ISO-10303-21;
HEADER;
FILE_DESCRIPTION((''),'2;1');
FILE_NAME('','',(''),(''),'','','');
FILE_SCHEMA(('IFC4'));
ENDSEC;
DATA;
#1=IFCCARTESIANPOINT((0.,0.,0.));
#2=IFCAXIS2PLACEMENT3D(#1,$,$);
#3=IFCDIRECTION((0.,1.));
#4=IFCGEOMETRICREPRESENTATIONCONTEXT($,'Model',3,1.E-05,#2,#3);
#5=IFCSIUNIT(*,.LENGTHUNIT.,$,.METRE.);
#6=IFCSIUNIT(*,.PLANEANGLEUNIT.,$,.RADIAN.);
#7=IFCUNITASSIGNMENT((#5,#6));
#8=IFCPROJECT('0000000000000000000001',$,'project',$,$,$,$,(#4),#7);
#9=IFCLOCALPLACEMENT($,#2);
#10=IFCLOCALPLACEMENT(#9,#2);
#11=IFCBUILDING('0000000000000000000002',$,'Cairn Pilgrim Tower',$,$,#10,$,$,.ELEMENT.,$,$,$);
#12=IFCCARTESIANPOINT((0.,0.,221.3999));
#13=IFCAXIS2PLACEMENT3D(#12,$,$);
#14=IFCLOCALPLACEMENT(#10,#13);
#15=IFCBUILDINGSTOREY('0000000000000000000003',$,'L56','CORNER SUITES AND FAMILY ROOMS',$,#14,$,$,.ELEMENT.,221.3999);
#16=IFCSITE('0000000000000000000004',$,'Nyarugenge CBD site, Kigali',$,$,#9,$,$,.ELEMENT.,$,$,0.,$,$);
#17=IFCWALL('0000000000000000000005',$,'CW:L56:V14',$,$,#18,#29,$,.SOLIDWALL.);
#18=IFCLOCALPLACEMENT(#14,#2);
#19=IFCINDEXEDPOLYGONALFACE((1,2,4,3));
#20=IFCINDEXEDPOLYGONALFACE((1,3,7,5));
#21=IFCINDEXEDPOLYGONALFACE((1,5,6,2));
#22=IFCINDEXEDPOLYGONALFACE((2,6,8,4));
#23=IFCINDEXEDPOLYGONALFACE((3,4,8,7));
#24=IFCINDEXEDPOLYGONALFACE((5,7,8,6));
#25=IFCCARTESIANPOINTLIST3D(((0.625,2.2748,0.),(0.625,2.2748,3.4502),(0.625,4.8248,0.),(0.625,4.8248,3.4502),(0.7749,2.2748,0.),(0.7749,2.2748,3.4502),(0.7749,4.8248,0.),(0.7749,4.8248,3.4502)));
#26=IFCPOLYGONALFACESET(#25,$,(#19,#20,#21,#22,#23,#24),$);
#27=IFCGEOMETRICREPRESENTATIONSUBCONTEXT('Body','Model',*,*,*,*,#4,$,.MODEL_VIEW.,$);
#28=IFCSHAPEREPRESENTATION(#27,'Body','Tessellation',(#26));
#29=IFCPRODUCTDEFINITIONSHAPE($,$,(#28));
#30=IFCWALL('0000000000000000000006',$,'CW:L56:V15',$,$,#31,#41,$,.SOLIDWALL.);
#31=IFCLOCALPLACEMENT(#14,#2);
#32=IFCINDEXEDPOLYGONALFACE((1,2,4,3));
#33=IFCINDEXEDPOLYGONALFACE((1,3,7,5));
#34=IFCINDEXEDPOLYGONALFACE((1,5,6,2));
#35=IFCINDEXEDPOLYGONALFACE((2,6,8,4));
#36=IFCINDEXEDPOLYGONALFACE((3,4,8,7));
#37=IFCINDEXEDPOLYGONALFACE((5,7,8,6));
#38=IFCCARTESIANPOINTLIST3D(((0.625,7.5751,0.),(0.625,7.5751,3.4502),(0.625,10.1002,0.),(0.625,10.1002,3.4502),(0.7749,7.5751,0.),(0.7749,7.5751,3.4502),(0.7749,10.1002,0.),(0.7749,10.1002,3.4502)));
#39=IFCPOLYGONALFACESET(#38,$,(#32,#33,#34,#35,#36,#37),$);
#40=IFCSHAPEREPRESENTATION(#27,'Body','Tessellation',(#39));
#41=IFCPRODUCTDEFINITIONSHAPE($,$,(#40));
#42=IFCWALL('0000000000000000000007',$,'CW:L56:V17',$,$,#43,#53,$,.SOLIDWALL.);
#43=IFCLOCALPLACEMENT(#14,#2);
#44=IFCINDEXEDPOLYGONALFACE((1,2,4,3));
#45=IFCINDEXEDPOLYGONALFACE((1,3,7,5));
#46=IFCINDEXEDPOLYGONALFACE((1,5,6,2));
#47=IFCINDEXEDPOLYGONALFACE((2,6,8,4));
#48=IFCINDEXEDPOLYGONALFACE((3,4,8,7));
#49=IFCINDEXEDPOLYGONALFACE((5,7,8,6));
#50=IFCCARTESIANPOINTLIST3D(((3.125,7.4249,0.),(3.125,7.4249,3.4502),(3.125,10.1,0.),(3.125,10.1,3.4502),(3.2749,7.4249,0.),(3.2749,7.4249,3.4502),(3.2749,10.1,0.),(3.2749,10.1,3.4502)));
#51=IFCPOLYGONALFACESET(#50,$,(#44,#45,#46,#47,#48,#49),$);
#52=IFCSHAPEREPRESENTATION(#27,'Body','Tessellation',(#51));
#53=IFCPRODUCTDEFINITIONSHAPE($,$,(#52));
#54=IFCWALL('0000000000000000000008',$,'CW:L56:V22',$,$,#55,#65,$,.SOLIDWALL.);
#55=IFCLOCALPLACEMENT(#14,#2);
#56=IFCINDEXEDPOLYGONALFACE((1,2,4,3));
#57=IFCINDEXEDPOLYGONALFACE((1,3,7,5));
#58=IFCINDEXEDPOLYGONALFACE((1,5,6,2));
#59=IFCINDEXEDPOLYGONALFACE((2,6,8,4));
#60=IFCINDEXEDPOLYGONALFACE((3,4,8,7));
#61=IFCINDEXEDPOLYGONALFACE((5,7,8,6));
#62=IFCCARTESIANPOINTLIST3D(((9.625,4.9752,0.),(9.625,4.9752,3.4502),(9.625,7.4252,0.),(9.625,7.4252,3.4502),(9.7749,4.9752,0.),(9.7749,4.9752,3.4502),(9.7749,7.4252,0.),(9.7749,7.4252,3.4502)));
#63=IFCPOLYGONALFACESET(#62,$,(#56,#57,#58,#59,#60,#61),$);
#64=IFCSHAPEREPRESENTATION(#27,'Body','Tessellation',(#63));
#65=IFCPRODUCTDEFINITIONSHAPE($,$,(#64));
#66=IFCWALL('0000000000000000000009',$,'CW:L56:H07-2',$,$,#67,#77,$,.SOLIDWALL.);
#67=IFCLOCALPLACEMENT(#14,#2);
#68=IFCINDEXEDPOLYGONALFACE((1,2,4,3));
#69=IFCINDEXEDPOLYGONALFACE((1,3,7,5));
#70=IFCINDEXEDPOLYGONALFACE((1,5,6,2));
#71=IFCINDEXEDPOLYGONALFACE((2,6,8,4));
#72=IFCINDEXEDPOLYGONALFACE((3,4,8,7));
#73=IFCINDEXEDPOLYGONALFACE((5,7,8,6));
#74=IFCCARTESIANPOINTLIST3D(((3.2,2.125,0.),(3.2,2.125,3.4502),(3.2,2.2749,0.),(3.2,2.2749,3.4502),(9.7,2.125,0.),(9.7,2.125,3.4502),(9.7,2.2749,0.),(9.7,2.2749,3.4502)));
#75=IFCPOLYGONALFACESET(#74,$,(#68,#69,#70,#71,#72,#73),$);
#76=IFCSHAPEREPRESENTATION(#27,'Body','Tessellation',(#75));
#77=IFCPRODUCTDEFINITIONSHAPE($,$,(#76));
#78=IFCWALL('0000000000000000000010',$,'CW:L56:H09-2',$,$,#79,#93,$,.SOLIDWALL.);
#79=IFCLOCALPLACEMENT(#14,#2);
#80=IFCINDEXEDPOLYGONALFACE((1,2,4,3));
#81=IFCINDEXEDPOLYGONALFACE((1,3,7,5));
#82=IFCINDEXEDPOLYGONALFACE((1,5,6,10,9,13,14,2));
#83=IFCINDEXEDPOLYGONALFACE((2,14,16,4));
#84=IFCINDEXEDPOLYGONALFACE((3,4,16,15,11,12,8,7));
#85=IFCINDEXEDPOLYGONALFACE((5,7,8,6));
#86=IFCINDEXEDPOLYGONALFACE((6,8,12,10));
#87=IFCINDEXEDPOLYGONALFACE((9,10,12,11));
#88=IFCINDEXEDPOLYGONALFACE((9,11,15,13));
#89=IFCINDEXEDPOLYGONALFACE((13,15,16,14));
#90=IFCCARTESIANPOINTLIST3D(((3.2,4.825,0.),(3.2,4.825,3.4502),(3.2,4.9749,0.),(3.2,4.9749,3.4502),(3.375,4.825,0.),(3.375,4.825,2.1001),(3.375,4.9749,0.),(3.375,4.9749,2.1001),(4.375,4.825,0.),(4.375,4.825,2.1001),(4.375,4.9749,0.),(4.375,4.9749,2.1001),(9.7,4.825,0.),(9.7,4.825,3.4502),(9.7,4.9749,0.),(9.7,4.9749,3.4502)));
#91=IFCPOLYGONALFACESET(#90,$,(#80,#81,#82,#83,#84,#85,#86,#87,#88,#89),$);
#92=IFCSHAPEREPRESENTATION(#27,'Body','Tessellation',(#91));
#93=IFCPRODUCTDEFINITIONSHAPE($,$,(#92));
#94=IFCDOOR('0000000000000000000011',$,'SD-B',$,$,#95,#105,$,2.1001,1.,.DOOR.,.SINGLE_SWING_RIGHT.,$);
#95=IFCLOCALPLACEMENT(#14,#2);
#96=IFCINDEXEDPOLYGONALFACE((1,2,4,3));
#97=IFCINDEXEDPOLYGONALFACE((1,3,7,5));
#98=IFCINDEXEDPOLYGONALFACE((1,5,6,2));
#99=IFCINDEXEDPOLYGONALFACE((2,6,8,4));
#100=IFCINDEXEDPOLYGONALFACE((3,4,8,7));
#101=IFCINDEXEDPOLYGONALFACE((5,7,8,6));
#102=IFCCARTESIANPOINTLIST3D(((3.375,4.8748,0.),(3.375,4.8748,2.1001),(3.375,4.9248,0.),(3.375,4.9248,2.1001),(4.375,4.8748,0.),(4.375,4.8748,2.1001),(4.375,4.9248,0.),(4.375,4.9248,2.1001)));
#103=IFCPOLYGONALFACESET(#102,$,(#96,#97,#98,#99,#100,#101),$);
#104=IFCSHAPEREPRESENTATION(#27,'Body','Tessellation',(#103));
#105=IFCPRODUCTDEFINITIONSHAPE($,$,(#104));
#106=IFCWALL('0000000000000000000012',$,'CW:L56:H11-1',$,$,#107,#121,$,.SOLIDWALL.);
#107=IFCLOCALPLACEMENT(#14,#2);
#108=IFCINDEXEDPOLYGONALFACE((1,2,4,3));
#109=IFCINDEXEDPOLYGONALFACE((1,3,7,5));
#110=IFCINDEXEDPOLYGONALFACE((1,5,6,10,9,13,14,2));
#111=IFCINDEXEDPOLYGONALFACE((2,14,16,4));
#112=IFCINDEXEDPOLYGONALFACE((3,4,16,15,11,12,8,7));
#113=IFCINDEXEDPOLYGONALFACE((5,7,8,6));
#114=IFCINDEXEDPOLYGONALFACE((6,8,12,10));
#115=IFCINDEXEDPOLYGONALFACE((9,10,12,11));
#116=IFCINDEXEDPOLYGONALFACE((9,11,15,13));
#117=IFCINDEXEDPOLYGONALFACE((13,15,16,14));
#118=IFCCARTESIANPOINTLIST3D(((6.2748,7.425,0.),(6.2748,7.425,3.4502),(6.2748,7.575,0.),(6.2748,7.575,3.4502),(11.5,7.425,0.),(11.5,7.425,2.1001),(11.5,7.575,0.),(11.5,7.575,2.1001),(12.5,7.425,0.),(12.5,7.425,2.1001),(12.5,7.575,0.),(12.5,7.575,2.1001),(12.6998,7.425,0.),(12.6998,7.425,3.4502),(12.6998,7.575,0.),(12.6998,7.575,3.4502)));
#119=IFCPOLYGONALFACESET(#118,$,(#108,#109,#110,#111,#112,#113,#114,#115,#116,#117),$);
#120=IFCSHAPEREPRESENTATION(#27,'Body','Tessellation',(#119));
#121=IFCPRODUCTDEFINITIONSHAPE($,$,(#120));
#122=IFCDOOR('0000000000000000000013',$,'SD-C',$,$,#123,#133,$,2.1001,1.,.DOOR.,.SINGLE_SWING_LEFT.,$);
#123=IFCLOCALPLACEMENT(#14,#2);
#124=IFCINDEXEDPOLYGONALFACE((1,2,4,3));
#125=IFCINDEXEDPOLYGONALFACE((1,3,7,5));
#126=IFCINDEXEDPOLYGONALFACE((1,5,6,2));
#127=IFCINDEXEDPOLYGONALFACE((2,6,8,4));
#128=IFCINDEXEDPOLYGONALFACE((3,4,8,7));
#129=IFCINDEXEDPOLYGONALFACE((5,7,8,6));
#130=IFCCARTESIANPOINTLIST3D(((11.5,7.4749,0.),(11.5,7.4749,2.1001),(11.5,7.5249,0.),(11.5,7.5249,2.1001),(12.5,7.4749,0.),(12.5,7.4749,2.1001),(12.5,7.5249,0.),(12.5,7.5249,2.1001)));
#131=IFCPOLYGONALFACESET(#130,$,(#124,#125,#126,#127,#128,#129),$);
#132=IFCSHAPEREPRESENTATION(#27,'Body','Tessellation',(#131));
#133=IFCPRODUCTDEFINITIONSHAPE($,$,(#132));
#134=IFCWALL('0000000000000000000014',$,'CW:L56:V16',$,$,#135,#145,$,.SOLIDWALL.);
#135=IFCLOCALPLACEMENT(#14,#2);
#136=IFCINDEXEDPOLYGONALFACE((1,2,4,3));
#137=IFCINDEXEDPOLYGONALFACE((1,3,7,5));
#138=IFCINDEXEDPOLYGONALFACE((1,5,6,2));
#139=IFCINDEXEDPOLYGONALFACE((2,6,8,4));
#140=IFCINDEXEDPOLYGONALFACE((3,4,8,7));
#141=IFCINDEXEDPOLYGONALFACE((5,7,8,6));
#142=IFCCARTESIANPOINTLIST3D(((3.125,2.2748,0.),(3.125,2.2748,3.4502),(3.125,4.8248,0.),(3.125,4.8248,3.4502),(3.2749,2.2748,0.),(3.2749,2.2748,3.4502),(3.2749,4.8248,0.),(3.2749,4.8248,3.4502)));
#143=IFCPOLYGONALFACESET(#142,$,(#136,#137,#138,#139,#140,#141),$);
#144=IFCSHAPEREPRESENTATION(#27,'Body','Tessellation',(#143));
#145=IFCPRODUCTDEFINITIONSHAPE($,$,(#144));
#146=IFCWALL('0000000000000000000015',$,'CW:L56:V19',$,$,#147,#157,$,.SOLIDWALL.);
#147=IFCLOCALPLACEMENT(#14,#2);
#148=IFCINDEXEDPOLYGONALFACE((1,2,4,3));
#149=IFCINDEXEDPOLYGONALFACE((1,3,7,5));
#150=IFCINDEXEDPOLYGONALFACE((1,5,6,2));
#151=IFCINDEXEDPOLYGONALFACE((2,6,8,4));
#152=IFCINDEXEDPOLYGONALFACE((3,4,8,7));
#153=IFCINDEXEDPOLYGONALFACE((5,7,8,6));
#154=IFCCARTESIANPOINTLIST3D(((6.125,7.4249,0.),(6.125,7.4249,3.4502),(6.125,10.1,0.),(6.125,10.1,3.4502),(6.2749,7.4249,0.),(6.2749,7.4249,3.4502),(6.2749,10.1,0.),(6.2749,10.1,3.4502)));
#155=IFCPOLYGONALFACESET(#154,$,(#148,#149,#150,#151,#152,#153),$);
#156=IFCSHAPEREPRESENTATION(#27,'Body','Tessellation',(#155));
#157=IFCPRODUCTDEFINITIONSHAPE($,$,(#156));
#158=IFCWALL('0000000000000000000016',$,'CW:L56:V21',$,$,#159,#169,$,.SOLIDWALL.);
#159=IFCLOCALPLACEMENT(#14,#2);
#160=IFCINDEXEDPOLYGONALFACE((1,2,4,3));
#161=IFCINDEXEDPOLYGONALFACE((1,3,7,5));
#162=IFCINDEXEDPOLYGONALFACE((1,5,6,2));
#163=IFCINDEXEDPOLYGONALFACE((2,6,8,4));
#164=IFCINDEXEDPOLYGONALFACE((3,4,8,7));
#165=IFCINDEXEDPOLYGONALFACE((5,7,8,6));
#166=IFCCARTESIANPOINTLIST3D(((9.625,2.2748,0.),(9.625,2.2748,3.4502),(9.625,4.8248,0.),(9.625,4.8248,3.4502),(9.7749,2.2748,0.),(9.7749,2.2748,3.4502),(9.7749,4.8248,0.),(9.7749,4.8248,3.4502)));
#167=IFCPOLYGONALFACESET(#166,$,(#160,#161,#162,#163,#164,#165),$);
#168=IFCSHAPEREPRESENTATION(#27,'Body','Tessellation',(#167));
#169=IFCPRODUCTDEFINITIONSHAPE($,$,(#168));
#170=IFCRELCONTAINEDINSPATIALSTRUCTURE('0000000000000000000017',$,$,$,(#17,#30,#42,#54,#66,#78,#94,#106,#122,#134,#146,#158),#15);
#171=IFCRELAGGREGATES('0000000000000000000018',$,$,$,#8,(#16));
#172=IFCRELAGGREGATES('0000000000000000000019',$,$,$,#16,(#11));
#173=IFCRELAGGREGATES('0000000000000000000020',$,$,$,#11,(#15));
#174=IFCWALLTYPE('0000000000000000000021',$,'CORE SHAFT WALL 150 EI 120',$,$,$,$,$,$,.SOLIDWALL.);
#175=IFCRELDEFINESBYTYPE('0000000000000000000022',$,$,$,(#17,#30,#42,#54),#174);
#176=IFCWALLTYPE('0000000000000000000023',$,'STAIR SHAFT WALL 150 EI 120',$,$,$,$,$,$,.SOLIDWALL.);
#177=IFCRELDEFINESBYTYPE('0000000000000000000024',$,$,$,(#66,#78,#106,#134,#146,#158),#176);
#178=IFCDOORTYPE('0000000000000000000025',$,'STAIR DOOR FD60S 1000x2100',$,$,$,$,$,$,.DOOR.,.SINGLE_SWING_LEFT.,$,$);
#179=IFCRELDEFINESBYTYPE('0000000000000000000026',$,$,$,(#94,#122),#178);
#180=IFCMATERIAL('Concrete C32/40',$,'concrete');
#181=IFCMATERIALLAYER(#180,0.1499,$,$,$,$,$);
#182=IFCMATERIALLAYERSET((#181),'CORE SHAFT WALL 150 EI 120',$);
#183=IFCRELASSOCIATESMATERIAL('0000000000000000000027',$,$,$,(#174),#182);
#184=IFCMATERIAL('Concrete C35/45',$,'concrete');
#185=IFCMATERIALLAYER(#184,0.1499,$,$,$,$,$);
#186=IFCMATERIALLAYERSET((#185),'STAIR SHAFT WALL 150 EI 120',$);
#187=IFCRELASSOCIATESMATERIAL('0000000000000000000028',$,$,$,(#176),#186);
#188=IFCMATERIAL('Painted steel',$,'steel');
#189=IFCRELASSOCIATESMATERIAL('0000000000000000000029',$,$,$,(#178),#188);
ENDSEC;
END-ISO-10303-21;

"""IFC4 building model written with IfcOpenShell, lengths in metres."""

from ifc_helpers import new_model, si_unit, direction, frame, frame_2d, origin, place, context, subcontext, project, spatial, rectangle, extrude, material, layer, layer_set, type_object, element, fill, save


model = new_model("IFC4")

# Units and contexts
model_context = context("Model", 3, precision=1e-05, world=origin(), true_north=direction((0.0, 1.0)))
body_context = subcontext(model_context, "Body", "Model", "MODEL_VIEW")
ifc_project = project(units=[si_unit("LENGTHUNIT", "METRE"), si_unit("PLANEANGLEUNIT", "RADIAN")], contexts=[model_context])

# Site, building, storey
site_placement = place(None, origin())
site = spatial("IfcSite", under=ifc_project, at=site_placement, Name="Nyarugenge CBD site, Kigali", CompositionType="ELEMENT", RefElevation=0.0)
building_placement = place(site_placement, origin())
building = spatial("IfcBuilding", under=site, at=building_placement, Name="Cairn Pilgrim Tower", CompositionType="ELEMENT")
storey_placement = place(building_placement, frame((0.0, 0.0, 221.3999)))
storey = spatial("IfcBuildingStorey", under=building, at=storey_placement, Name="L56", Description="CORNER SUITES AND FAMILY ROOMS", CompositionType="ELEMENT", Elevation=221.3999)

# Shared definitions
ifc_material_1 = material(Name="Concrete C35/45", Category="concrete")

# Shared definitions
ifc_material_2 = material(Name="Concrete C32/40", Category="concrete")

# Shared definitions
ifc_layer_1 = layer(ifc_material_2, 0.1499)
ifc_layer_set_1 = layer_set([ifc_layer_1], Name="CORE SHAFT WALL 150 EI 120")
wall_type_1 = type_object("IfcWallType", Name="CORE SHAFT WALL 150 EI 120", PredefinedType="SOLIDWALL", material=ifc_layer_set_1)

# Shared definitions
ifc_material_3 = material(Name="Painted steel", Category="steel")

# Walls
wall_1_placement = place(storey_placement, frame((0.7, 2.2749, 0.0), z_axis=(0.0, 0.0, 1.0), x_axis=(0.0, 1.0, 0.0)))
element("IfcWall", 1, at=wall_1_placement, inside=storey, type_object=wall_type_1, Name="CW:L56:V14", PredefinedType="SOLIDWALL", context=body_context, shape_type="SweptSolid", body=[
    extrude(rectangle(XDim=2.55, YDim=0.1499, at=frame_2d((1.2749, 0.0))), origin(), (0.0, 0.0, 1.0), 3.4502),
])
wall_2_placement = place(storey_placement, frame((0.7, 7.575, 0.0), z_axis=(0.0, 0.0, 1.0), x_axis=(0.0, 1.0, 0.0)))
element("IfcWall", 2, at=wall_2_placement, inside=storey, type_object=wall_type_1, Name="CW:L56:V15", PredefinedType="SOLIDWALL", context=body_context, shape_type="SweptSolid", body=[
    extrude(rectangle(XDim=2.5251, YDim=0.1499, at=frame_2d((1.2627, 0.0))), origin(), (0.0, 0.0, 1.0), 3.4502),
])
wall_3_placement = place(storey_placement, frame((3.2, 7.425, 0.0), z_axis=(0.0, 0.0, 1.0), x_axis=(0.0, 1.0, 0.0)))
element("IfcWall", 3, at=wall_3_placement, inside=storey, type_object=wall_type_1, Name="CW:L56:V17", PredefinedType="SOLIDWALL", context=body_context, shape_type="SweptSolid", body=[
    extrude(rectangle(XDim=2.675, YDim=0.1499, at=frame_2d((1.3374, 0.0))), origin(), (0.0, 0.0, 1.0), 3.4502),
])
wall_4_placement = place(storey_placement, frame((9.7, 4.9751, 0.0), z_axis=(0.0, 0.0, 1.0), x_axis=(0.0, 1.0, 0.0)))
element("IfcWall", 4, at=wall_4_placement, inside=storey, type_object=wall_type_1, Name="CW:L56:V22", PredefinedType="SOLIDWALL", context=body_context, shape_type="SweptSolid", body=[
    extrude(rectangle(XDim=2.45, YDim=0.1499, at=frame_2d((1.2251, 0.0))), origin(), (0.0, 0.0, 1.0), 3.4502),
])
ifc_layer_2 = layer(ifc_material_1, 0.1499)
ifc_layer_set_2 = layer_set([ifc_layer_2], Name="STAIR SHAFT WALL 150 EI 120")
wall_type_2 = type_object("IfcWallType", Name="STAIR SHAFT WALL 150 EI 120", PredefinedType="SOLIDWALL", material=ifc_layer_set_2)
wall_5_placement = place(storey_placement, frame((3.2, 2.2, 0.0), z_axis=(0.0, 0.0, 1.0), x_axis=(1.0, 0.0, 0.0)))
element("IfcWall", 5, at=wall_5_placement, inside=storey, type_object=wall_type_2, Name="CW:L56:H07-2", PredefinedType="SOLIDWALL", context=body_context, shape_type="SweptSolid", body=[
    extrude(rectangle(XDim=6.5, YDim=0.1499, at=frame_2d((3.25, 0.0))), origin(), (0.0, 0.0, 1.0), 3.4502),
])

# Walls, openings, doors
wall_6_placement = place(storey_placement, frame((3.2, 4.8999, 0.0), z_axis=(0.0, 0.0, 1.0), x_axis=(1.0, 0.0, 0.0)))
wall_6 = element("IfcWall", 6, at=wall_6_placement, inside=storey, type_object=wall_type_2, Name="CW:L56:H09-2", PredefinedType="SOLIDWALL", context=body_context, shape_type="SweptSolid", body=[
    extrude(rectangle(XDim=6.5, YDim=0.1499, at=frame_2d((3.25, 0.0))), origin(), (0.0, 0.0, 1.0), 3.4502),
])
opening_1_placement = place(wall_6_placement, frame((0.175, 0.0, 0.0)))
opening_1 = element("IfcOpeningElement", 7, at=opening_1_placement, cuts=wall_6, PredefinedType="OPENING", context=body_context, shape_type="SweptSolid", body=[
    extrude(rectangle(XDim=1.0, YDim=2.1001, at=frame_2d((0.5, 1.05))), frame((0.0, 0.085, 0.0), z_axis=(0.0, -1.0, 0.0), x_axis=(1.0, 0.0, 0.0)), (0.0, 0.0, 1.0), 0.1699),
])
door_type_1 = type_object("IfcDoorType", Name="STAIR DOOR FD60S 1000x2100", OperationType="SINGLE_SWING_LEFT", PredefinedType="DOOR", material=ifc_material_3)
door_1_placement = place(opening_1_placement, origin())
door_1 = element("IfcDoor", 8, at=door_1_placement, inside=storey, type_object=door_type_1, Name="SD-B", OperationType="SINGLE_SWING_RIGHT", OverallHeight=2.1001, OverallWidth=1.0, PredefinedType="DOOR", context=body_context, shape_type="SweptSolid", body=[
    extrude(rectangle(XDim=1.0, YDim=2.1001, at=frame_2d((0.5, 1.05))), frame((0.0, 0.0249, 0.0), z_axis=(0.0, -1.0, 0.0), x_axis=(1.0, 0.0, 0.0)), (0.0, 0.0, 1.0), 0.05),
])
fill(opening_1, door_1)
wall_7_placement = place(storey_placement, frame((6.2749, 7.5, 0.0), z_axis=(0.0, 0.0, 1.0), x_axis=(1.0, 0.0, 0.0)))
wall_7 = element("IfcWall", 9, at=wall_7_placement, inside=storey, type_object=wall_type_2, Name="CW:L56:H11-1", PredefinedType="SOLIDWALL", context=body_context, shape_type="SweptSolid", body=[
    extrude(rectangle(XDim=6.425, YDim=0.1499, at=frame_2d((3.2124, 0.0))), origin(), (0.0, 0.0, 1.0), 3.4502),
])
opening_2_placement = place(wall_7_placement, frame((5.2251, 0.0, 0.0)))
opening_2 = element("IfcOpeningElement", 10, at=opening_2_placement, cuts=wall_7, PredefinedType="OPENING", context=body_context, shape_type="SweptSolid", body=[
    extrude(rectangle(XDim=1.0, YDim=2.1001, at=frame_2d((0.5, 1.05))), frame((0.0, 0.085, 0.0), z_axis=(0.0, -1.0, 0.0), x_axis=(1.0, 0.0, 0.0)), (0.0, 0.0, 1.0), 0.1699),
])
door_2_placement = place(opening_2_placement, origin())
door_2 = element("IfcDoor", 11, at=door_2_placement, inside=storey, type_object=door_type_1, Name="SD-C", OperationType="SINGLE_SWING_LEFT", OverallHeight=2.1001, OverallWidth=1.0, PredefinedType="DOOR", context=body_context, shape_type="SweptSolid", body=[
    extrude(rectangle(XDim=1.0, YDim=2.1001, at=frame_2d((0.5, 1.05))), frame((0.0, 0.0249, 0.0), z_axis=(0.0, -1.0, 0.0), x_axis=(1.0, 0.0, 0.0)), (0.0, 0.0, 1.0), 0.05),
])
fill(opening_2, door_2)

# Walls
wall_8_placement = place(storey_placement, frame((3.2, 2.2749, 0.0), z_axis=(0.0, 0.0, 1.0), x_axis=(0.0, 1.0, 0.0)))
element("IfcWall", 12, at=wall_8_placement, inside=storey, type_object=wall_type_2, Name="CW:L56:V16", PredefinedType="SOLIDWALL", context=body_context, shape_type="SweptSolid", body=[
    extrude(rectangle(XDim=2.55, YDim=0.1499, at=frame_2d((1.2749, 0.0))), origin(), (0.0, 0.0, 1.0), 3.4502),
])
wall_9_placement = place(storey_placement, frame((6.2, 7.425, 0.0), z_axis=(0.0, 0.0, 1.0), x_axis=(0.0, 1.0, 0.0)))
element("IfcWall", 13, at=wall_9_placement, inside=storey, type_object=wall_type_2, Name="CW:L56:V19", PredefinedType="SOLIDWALL", context=body_context, shape_type="SweptSolid", body=[
    extrude(rectangle(XDim=2.675, YDim=0.1499, at=frame_2d((1.3374, 0.0))), origin(), (0.0, 0.0, 1.0), 3.4502),
])
wall_10_placement = place(storey_placement, frame((9.7, 2.2749, 0.0), z_axis=(0.0, 0.0, 1.0), x_axis=(0.0, 1.0, 0.0)))
element("IfcWall", 14, at=wall_10_placement, inside=storey, type_object=wall_type_2, Name="CW:L56:V21", PredefinedType="SOLIDWALL", context=body_context, shape_type="SweptSolid", body=[
    extrude(rectangle(XDim=2.55, YDim=0.1499, at=frame_2d((1.2749, 0.0))), origin(), (0.0, 0.0, 1.0), 3.4502),
])

save(model, "model.ifc")
